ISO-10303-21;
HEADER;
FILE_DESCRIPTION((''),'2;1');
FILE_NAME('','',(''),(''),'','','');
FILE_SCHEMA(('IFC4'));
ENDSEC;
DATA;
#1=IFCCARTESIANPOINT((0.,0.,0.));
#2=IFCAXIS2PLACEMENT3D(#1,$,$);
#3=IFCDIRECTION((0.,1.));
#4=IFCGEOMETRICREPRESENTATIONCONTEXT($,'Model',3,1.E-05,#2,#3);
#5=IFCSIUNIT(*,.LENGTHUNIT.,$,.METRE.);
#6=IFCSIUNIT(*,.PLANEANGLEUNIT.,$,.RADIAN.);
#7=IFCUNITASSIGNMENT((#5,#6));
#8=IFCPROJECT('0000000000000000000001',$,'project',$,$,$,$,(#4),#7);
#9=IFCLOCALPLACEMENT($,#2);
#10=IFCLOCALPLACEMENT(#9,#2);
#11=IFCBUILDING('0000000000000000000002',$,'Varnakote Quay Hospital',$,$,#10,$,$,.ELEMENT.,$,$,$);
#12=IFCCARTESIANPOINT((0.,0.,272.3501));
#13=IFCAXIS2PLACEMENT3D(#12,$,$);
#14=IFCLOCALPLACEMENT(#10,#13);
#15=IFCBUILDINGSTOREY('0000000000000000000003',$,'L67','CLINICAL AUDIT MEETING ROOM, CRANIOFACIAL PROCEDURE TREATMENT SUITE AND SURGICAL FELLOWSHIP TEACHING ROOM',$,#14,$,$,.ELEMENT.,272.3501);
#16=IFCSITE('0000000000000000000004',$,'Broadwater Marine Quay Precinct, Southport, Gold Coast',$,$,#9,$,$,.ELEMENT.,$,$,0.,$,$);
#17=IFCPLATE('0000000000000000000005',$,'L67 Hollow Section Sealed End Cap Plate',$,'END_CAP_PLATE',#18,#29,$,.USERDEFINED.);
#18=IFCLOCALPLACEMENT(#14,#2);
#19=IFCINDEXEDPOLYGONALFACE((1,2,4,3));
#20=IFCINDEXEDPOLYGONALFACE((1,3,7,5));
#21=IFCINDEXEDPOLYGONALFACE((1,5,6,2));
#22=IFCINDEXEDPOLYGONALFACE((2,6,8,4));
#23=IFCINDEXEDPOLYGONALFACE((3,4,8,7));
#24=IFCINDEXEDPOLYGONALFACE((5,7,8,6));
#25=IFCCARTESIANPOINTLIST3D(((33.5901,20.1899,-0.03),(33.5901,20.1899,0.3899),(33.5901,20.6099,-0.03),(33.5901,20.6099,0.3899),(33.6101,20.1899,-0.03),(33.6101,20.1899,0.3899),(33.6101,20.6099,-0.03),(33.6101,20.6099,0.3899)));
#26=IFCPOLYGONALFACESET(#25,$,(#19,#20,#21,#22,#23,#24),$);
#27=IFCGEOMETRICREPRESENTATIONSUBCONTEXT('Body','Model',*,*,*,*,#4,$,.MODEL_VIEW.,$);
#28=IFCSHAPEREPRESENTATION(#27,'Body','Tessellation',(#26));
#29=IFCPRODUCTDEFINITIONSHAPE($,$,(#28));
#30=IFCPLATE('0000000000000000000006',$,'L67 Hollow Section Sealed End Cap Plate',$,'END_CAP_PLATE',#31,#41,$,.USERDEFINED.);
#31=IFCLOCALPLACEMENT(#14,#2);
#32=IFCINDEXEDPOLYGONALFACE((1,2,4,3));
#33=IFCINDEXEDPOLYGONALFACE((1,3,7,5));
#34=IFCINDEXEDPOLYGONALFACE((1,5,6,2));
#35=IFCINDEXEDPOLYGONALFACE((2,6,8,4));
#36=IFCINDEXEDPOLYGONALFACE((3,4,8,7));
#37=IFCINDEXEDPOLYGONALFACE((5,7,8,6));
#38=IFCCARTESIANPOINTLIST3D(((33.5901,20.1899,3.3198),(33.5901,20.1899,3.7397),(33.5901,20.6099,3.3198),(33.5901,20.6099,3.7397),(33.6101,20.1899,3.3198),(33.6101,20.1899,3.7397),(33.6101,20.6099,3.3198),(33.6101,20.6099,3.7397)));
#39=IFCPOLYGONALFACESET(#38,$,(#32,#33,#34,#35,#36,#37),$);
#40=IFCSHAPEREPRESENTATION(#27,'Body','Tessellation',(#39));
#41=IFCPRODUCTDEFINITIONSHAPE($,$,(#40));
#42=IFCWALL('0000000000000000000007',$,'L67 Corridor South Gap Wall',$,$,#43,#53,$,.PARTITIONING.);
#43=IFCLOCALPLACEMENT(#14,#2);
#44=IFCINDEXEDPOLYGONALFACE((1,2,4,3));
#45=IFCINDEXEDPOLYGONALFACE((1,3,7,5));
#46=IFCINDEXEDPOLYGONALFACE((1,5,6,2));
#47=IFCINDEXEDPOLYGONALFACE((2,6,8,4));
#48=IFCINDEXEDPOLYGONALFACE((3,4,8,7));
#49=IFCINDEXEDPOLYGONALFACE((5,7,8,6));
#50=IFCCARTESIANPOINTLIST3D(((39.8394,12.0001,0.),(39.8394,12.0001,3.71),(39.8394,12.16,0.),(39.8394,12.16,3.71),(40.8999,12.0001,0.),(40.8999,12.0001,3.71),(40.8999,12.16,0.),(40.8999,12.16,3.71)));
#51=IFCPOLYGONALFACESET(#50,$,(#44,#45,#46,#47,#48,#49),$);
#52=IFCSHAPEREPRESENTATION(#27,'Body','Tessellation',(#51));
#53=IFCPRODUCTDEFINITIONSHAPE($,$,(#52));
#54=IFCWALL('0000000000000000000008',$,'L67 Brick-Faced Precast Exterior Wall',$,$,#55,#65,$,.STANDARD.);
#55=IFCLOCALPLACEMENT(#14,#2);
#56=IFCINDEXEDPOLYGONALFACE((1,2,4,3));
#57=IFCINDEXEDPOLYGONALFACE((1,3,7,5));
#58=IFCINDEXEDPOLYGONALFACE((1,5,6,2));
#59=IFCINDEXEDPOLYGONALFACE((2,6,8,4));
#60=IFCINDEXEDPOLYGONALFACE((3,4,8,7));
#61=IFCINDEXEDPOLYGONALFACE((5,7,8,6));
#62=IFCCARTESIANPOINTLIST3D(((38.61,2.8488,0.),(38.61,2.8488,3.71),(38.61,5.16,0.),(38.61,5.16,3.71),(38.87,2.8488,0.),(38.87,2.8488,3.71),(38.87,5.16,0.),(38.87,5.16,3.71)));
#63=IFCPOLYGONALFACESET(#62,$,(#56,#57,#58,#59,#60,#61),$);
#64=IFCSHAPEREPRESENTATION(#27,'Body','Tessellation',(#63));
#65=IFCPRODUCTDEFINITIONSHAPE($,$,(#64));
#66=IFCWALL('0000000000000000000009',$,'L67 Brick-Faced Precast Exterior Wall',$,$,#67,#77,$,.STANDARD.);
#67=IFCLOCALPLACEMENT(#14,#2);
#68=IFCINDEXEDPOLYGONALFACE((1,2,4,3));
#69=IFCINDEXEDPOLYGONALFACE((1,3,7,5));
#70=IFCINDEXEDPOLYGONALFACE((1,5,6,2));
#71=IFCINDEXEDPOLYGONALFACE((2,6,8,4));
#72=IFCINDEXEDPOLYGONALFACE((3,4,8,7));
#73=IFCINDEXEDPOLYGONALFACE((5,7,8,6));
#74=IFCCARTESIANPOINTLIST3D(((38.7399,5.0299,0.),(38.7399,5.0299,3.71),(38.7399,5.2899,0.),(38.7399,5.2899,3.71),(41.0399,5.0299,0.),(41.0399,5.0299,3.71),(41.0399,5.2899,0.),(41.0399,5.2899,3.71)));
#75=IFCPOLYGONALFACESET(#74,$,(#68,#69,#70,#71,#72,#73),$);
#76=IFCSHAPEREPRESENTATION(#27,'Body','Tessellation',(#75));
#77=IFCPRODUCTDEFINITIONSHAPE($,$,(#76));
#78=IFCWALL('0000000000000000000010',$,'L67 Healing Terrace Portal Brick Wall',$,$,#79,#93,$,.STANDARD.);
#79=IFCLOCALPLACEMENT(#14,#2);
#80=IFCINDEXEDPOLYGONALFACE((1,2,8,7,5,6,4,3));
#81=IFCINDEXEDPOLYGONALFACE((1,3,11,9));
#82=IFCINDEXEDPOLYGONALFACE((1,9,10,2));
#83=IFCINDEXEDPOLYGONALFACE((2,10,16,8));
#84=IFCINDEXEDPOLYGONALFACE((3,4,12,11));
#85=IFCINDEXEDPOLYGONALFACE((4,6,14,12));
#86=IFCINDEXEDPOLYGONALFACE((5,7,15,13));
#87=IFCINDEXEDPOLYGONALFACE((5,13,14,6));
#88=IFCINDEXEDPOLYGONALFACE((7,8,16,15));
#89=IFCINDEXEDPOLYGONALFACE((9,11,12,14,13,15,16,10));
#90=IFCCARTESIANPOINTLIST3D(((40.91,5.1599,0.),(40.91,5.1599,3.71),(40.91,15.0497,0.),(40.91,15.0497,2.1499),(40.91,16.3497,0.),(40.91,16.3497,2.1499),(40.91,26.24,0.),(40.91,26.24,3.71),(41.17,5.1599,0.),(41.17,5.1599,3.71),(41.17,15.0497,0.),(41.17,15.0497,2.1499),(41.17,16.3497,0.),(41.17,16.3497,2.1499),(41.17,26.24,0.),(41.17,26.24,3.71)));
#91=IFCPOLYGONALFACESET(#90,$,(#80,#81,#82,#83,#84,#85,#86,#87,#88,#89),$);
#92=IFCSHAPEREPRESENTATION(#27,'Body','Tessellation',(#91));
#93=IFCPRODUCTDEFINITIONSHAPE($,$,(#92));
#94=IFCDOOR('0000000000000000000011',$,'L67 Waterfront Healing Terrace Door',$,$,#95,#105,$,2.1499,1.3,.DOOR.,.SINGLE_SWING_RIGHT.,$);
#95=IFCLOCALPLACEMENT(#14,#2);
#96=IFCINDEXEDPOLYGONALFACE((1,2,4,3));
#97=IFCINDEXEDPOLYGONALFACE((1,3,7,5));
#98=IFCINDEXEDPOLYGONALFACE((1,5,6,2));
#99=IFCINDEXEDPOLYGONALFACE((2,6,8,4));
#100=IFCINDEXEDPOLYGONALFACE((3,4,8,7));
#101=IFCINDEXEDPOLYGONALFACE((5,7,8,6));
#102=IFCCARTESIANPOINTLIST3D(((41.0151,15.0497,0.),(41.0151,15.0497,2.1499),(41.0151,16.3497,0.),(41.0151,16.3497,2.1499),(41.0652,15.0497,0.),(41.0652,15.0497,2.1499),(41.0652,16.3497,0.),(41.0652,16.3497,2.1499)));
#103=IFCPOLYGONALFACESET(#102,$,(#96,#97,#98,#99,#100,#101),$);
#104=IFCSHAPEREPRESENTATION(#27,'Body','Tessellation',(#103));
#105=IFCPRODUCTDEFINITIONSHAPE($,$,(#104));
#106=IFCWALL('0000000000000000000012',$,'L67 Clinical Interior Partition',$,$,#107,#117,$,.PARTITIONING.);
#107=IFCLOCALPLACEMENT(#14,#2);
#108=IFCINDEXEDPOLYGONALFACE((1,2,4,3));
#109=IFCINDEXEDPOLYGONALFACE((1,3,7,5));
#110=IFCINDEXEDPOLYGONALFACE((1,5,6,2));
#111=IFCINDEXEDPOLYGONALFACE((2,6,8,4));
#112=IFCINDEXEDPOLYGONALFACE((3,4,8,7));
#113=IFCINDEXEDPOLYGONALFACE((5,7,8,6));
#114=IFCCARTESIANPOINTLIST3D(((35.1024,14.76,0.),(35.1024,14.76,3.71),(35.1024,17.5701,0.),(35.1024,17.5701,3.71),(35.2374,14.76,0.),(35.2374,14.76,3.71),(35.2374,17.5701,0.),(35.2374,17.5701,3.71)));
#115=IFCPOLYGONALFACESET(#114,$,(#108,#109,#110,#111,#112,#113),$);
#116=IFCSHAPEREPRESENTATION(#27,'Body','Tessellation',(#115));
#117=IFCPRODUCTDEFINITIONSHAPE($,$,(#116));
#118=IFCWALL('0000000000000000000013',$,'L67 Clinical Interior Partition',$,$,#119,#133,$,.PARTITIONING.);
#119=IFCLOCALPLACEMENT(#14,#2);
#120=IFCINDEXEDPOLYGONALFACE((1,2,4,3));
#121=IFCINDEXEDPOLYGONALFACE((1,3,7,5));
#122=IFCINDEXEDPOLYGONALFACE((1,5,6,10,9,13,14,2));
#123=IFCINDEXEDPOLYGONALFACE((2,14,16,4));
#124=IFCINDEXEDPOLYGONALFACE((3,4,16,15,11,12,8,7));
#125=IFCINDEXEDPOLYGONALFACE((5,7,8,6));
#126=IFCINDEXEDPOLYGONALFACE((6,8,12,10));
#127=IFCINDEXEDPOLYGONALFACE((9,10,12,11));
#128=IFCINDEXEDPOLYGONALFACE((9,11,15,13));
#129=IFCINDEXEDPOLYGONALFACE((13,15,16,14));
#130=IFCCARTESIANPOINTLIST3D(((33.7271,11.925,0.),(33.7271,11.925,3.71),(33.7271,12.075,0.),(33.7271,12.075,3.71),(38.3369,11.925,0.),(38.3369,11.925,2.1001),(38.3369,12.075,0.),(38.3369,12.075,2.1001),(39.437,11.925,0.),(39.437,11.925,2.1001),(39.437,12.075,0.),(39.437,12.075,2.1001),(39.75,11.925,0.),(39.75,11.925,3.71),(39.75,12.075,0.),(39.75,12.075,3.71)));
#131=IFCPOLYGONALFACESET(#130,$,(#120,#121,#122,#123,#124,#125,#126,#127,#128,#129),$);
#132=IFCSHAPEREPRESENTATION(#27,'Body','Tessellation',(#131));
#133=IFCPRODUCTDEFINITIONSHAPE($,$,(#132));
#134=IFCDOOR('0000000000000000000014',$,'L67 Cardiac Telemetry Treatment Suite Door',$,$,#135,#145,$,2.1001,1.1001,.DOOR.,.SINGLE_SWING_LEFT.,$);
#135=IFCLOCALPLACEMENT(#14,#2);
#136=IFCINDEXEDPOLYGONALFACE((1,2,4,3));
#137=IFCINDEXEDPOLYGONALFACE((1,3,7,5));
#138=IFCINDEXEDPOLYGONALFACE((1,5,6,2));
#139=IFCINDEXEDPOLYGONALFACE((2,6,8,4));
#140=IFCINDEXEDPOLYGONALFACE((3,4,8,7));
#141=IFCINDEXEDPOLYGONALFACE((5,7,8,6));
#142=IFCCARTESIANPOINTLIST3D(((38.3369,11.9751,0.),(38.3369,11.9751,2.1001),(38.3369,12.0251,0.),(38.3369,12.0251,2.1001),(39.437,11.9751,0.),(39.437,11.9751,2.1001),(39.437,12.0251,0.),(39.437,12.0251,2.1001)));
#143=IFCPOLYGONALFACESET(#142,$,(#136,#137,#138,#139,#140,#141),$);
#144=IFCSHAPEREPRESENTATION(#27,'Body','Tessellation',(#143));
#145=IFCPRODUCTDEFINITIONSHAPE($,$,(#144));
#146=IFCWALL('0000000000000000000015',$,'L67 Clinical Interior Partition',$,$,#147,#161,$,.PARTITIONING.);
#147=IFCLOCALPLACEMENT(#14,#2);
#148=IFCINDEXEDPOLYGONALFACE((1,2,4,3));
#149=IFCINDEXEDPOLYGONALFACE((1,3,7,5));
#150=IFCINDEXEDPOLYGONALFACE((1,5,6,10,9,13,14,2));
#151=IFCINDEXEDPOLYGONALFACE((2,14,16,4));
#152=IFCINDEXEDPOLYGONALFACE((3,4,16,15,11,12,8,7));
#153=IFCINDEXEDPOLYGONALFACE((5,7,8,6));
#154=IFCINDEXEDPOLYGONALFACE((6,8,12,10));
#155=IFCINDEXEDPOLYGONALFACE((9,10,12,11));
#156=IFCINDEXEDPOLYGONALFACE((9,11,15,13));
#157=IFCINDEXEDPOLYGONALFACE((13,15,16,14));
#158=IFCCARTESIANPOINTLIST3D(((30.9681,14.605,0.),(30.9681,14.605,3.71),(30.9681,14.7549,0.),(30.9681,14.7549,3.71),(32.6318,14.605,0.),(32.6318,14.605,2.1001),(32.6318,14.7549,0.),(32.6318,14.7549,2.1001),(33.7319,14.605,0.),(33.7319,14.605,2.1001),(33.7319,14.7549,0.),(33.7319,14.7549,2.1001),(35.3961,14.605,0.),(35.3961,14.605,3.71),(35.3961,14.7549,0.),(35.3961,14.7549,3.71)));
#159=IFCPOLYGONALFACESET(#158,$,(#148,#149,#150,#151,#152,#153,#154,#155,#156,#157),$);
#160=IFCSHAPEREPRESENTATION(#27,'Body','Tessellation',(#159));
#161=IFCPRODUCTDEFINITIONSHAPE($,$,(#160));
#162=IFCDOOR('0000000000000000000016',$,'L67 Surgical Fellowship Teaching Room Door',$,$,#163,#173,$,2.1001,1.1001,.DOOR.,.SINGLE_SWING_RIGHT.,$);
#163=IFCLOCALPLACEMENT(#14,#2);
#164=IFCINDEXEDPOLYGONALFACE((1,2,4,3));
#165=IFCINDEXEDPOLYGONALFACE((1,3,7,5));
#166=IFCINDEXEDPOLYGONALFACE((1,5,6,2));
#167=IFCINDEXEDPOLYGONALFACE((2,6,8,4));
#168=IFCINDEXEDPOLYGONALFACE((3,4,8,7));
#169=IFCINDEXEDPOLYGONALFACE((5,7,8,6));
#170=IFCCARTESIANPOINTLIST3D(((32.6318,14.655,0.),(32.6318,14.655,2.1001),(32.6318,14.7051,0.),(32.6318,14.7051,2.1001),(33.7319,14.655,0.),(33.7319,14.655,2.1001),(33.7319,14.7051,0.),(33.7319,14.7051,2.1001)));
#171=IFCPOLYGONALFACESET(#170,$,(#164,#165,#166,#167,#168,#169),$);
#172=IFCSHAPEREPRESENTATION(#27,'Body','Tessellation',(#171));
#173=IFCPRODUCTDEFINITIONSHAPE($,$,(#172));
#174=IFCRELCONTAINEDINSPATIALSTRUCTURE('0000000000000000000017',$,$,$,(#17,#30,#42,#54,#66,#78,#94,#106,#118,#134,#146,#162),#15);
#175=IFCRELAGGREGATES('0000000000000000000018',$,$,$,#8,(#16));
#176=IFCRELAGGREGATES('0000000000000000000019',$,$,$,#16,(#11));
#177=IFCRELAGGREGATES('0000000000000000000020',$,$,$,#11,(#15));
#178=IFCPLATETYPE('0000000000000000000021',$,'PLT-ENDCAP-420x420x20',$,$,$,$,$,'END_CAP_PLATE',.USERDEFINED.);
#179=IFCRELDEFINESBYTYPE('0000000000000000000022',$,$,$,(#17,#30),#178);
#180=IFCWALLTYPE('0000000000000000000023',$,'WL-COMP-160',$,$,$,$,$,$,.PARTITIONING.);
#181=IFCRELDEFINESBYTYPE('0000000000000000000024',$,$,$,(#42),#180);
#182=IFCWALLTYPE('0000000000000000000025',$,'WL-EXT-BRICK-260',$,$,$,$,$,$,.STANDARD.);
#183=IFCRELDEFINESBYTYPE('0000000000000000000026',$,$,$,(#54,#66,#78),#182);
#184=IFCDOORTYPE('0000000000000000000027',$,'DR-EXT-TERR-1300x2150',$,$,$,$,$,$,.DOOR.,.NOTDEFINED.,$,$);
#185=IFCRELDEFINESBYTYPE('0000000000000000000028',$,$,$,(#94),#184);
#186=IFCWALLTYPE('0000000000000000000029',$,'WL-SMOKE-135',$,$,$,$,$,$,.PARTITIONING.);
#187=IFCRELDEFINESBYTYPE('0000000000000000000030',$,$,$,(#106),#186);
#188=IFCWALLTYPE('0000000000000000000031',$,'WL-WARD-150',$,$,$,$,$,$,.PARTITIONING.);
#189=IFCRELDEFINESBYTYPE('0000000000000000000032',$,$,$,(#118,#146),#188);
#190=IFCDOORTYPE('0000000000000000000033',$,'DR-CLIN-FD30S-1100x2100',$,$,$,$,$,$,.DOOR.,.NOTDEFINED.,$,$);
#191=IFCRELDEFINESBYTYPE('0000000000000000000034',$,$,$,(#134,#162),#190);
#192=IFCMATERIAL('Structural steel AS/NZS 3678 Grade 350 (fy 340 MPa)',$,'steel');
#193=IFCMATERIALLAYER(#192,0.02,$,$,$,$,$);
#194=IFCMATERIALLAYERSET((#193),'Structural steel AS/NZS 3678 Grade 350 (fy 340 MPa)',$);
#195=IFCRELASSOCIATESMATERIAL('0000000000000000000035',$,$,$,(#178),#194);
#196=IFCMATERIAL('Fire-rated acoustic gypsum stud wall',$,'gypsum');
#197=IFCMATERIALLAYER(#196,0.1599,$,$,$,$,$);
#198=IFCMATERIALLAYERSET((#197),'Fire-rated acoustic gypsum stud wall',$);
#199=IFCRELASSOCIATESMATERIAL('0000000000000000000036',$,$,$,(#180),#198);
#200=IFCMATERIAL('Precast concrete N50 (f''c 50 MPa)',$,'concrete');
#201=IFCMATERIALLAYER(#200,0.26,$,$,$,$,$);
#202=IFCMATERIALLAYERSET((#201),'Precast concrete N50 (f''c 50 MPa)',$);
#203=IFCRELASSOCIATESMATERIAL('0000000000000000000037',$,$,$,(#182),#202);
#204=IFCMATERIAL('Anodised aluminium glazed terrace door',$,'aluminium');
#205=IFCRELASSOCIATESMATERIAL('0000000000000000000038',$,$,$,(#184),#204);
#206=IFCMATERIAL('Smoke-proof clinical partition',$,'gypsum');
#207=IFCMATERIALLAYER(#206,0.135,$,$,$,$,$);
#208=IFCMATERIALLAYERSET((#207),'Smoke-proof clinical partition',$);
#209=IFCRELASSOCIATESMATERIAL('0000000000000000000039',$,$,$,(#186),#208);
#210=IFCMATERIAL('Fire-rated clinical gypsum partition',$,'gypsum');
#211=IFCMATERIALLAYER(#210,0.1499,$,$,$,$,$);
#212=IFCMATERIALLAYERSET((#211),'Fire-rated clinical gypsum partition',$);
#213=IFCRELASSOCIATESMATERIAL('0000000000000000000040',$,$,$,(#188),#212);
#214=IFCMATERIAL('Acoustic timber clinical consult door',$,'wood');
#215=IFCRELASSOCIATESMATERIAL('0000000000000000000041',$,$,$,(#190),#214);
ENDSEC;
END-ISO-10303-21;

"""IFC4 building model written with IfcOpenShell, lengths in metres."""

from ifc_helpers import new_model, si_unit, direction, frame, frame_2d, origin, origin_2d, place, context, subcontext, project, spatial, rectangle, extrude, material, layer, layer_set, type_object, element, fill, save


model = new_model("IFC4")

# Units and contexts
model_context = context("Model", 3, precision=1e-05, world=origin(), true_north=direction((0.0, 1.0)))
body_context = subcontext(model_context, "Body", "Model", "MODEL_VIEW")
ifc_project = project(units=[si_unit("LENGTHUNIT", "METRE"), si_unit("PLANEANGLEUNIT", "RADIAN")], contexts=[model_context])

# Site, building, storey
site_placement = place(None, origin())
site = spatial("IfcSite", under=ifc_project, at=site_placement, Name="Broadwater Marine Quay Precinct, Southport, Gold Coast", CompositionType="ELEMENT", RefElevation=0.0)
building_placement = place(site_placement, origin())
building = spatial("IfcBuilding", under=site, at=building_placement, Name="Varnakote Quay Hospital", CompositionType="ELEMENT")
storey_placement = place(building_placement, frame((0.0, 0.0, 272.3501)))
storey = spatial("IfcBuildingStorey", under=building, at=storey_placement, Name="L67", Description="CLINICAL AUDIT MEETING ROOM, CRANIOFACIAL PROCEDURE TREATMENT SUITE AND SURGICAL FELLOWSHIP TEACHING ROOM", CompositionType="ELEMENT", Elevation=272.3501)

# Plates
ifc_material_1 = material(Name="Structural steel AS/NZS 3678 Grade 350 (fy 340 MPa)", Category="steel")
ifc_layer_1 = layer(ifc_material_1, 0.02)
ifc_layer_set_1 = layer_set([ifc_layer_1], Name="Structural steel AS/NZS 3678 Grade 350 (fy 340 MPa)")
plate_type = type_object("IfcPlateType", Name="PLT-ENDCAP-420x420x20", ElementType="END_CAP_PLATE", PredefinedType="USERDEFINED", material=ifc_layer_set_1)
for number, where, z_axis, x_axis, name in (
    (1, (33.6001, 20.3999, -0.03), (0.0, 0.0, 1.0), (1.0, 0.0, 0.0), "L67 Hollow Section Sealed End Cap Plate"),
    (2, (33.6001, 20.3999, 3.3198), (0.0, 0.0, 1.0), (1.0, 0.0, 0.0), "L67 Hollow Section Sealed End Cap Plate"),
):
    element("IfcPlate", number, at=place(storey_placement, frame(where, z_axis=z_axis, x_axis=x_axis)), inside=storey, type_object=plate_type, Name=name, ObjectType="END_CAP_PLATE", PredefinedType="USERDEFINED", context=body_context, shape_type="SweptSolid", body=[
        extrude(rectangle(XDim=0.02, YDim=0.4199, at=origin_2d()), origin(), (0.0, 0.0, 1.0), 0.4199),
    ])

# Walls
ifc_material_2 = material(Name="Fire-rated acoustic gypsum stud wall", Category="gypsum")
ifc_layer_2 = layer(ifc_material_2, 0.1599)
ifc_layer_set_2 = layer_set([ifc_layer_2], Name="Fire-rated acoustic gypsum stud wall")
wall_type_1 = type_object("IfcWallType", Name="WL-COMP-160", PredefinedType="PARTITIONING", material=ifc_layer_set_2)
wall_1_placement = place(storey_placement, frame((39.8394, 12.0801, 0.0), z_axis=(0.0, 0.0, 1.0), x_axis=(1.0, 0.0, 0.0)))
element("IfcWall", 3, at=wall_1_placement, inside=storey, type_object=wall_type_1, Name="L67 Corridor South Gap Wall", PredefinedType="PARTITIONING", context=body_context, shape_type="SweptSolid", body=[
    extrude(rectangle(XDim=1.0605, YDim=0.1599, at=frame_2d((0.5303, 0.0))), origin(), (0.0, 0.0, 1.0), 3.71),
])
ifc_material_3 = material(Name="Precast concrete N50 (f'c 50 MPa)", Category="concrete")
ifc_layer_3 = layer(ifc_material_3, 0.26)
ifc_layer_set_3 = layer_set([ifc_layer_3], Name="Precast concrete N50 (f'c 50 MPa)")
wall_type_2 = type_object("IfcWallType", Name="WL-EXT-BRICK-260", PredefinedType="STANDARD", material=ifc_layer_set_3)
wall_2_placement = place(storey_placement, frame((38.74, 2.8486, 0.0), z_axis=(0.0, 0.0, 1.0), x_axis=(0.0, 1.0, 0.0)))
element("IfcWall", 4, at=wall_2_placement, inside=storey, type_object=wall_type_2, Name="L67 Brick-Faced Precast Exterior Wall", PredefinedType="STANDARD", context=body_context, shape_type="SweptSolid", body=[
    extrude(rectangle(XDim=2.3113, YDim=0.26, at=frame_2d((1.1558, 0.0))), origin(), (0.0, 0.0, 1.0), 3.71),
])
wall_3_placement = place(storey_placement, frame((38.74, 5.1599, 0.0), z_axis=(0.0, 0.0, 1.0), x_axis=(1.0, 0.0, 0.0)))
element("IfcWall", 5, at=wall_3_placement, inside=storey, type_object=wall_type_2, Name="L67 Brick-Faced Precast Exterior Wall", PredefinedType="STANDARD", context=body_context, shape_type="SweptSolid", body=[
    extrude(rectangle(XDim=2.3, YDim=0.26, at=frame_2d((1.1499, 0.0))), origin(), (0.0, 0.0, 1.0), 3.71),
])

# Wall, opening, door
wall_4_placement = place(storey_placement, frame((41.04, 5.1599, 0.0), z_axis=(0.0, 0.0, 1.0), x_axis=(0.0, 1.0, 0.0)))
wall_4 = element("IfcWall", 6, at=wall_4_placement, inside=storey, type_object=wall_type_2, Name="L67 Healing Terrace Portal Brick Wall", PredefinedType="STANDARD", context=body_context, shape_type="SweptSolid", body=[
    extrude(rectangle(XDim=21.0801, YDim=0.26, at=frame_2d((10.54, 0.0))), origin(), (0.0, 0.0, 1.0), 3.71),
])
opening_1_placement = place(wall_4_placement, frame((9.8899, 0.0, 0.0)))
opening_1 = element("IfcOpeningElement", 7, at=opening_1_placement, cuts=wall_4, PredefinedType="OPENING", context=body_context, shape_type="SweptSolid", body=[
    extrude(rectangle(XDim=1.3, YDim=2.1499, at=frame_2d((0.6499, 1.075))), frame((0.0, 0.1399, 0.0), z_axis=(0.0, -1.0, 0.0), x_axis=(1.0, 0.0, 0.0)), (0.0, 0.0, 1.0), 0.28),
])
ifc_material_4 = material(Name="Anodised aluminium glazed terrace door", Category="aluminium")
door_type_1 = type_object("IfcDoorType", Name="DR-EXT-TERR-1300x2150", OperationType="NOTDEFINED", PredefinedType="DOOR", material=ifc_material_4)
door_1_placement = place(opening_1_placement, origin())
door_1 = element("IfcDoor", 8, at=door_1_placement, inside=storey, type_object=door_type_1, Name="L67 Waterfront Healing Terrace Door", OperationType="SINGLE_SWING_RIGHT", OverallHeight=2.1499, OverallWidth=1.3, PredefinedType="DOOR", context=body_context, shape_type="SweptSolid", body=[
    extrude(rectangle(XDim=1.3, YDim=2.1499, at=frame_2d((0.6499, 1.075))), frame((0.0, 0.0249, 0.0), z_axis=(0.0, -1.0, 0.0), x_axis=(1.0, 0.0, 0.0)), (0.0, 0.0, 1.0), 0.05),
])
fill(opening_1, door_1)

# Wall
ifc_material_5 = material(Name="Smoke-proof clinical partition", Category="gypsum")
ifc_layer_4 = layer(ifc_material_5, 0.135)
ifc_layer_set_4 = layer_set([ifc_layer_4], Name="Smoke-proof clinical partition")
wall_type_3 = type_object("IfcWallType", Name="WL-SMOKE-135", PredefinedType="PARTITIONING", material=ifc_layer_set_4)
wall_5_placement = place(storey_placement, frame((35.1699, 14.76, 0.0), z_axis=(0.0, 0.0, 1.0), x_axis=(0.0, 1.0, 0.0)))
element("IfcWall", 9, at=wall_5_placement, inside=storey, type_object=wall_type_3, Name="L67 Clinical Interior Partition", PredefinedType="PARTITIONING", context=body_context, shape_type="SweptSolid", body=[
    extrude(rectangle(XDim=2.8101, YDim=0.135, at=frame_2d((1.405, 0.0))), origin(), (0.0, 0.0, 1.0), 3.71),
])

# Walls, openings, doors
ifc_material_6 = material(Name="Fire-rated clinical gypsum partition", Category="gypsum")
ifc_layer_5 = layer(ifc_material_6, 0.1499)
ifc_layer_set_5 = layer_set([ifc_layer_5], Name="Fire-rated clinical gypsum partition")
wall_type_4 = type_object("IfcWallType", Name="WL-WARD-150", PredefinedType="PARTITIONING", material=ifc_layer_set_5)
wall_6_placement = place(storey_placement, frame((39.75, 12.0, 0.0), z_axis=(0.0, 0.0, 1.0), x_axis=(-1.0, 0.0, 0.0)))
wall_6 = element("IfcWall", 10, at=wall_6_placement, inside=storey, type_object=wall_type_4, Name="L67 Clinical Interior Partition", PredefinedType="PARTITIONING", context=body_context, shape_type="SweptSolid", body=[
    extrude(rectangle(XDim=6.0229, YDim=0.1499, at=frame_2d((3.0115, 0.0))), origin(), (0.0, 0.0, 1.0), 3.71),
])
opening_2_placement = place(wall_6_placement, frame((0.313, 0.0, 0.0)))
opening_2 = element("IfcOpeningElement", 11, at=opening_2_placement, cuts=wall_6, PredefinedType="OPENING", context=body_context, shape_type="SweptSolid", body=[
    extrude(rectangle(XDim=1.1001, YDim=2.1001, at=frame_2d((0.55, 1.05))), frame((0.0, 0.085, 0.0), z_axis=(0.0, -1.0, 0.0), x_axis=(1.0, 0.0, 0.0)), (0.0, 0.0, 1.0), 0.1699),
])
ifc_material_7 = material(Name="Acoustic timber clinical consult door", Category="wood")
door_type_2 = type_object("IfcDoorType", Name="DR-CLIN-FD30S-1100x2100", OperationType="NOTDEFINED", PredefinedType="DOOR", material=ifc_material_7)
door_2_placement = place(opening_2_placement, origin())
door_2 = element("IfcDoor", 12, at=door_2_placement, inside=storey, type_object=door_type_2, Name="L67 Cardiac Telemetry Treatment Suite Door", OperationType="SINGLE_SWING_LEFT", OverallHeight=2.1001, OverallWidth=1.1001, PredefinedType="DOOR", context=body_context, shape_type="SweptSolid", body=[
    extrude(rectangle(XDim=1.1001, YDim=2.1001, at=frame_2d((0.55, 1.05))), frame((0.0, 0.0249, 0.0), z_axis=(0.0, -1.0, 0.0), x_axis=(1.0, 0.0, 0.0)), (0.0, 0.0, 1.0), 0.05),
])
fill(opening_2, door_2)
wall_7_placement = place(storey_placement, frame((35.396, 14.6799, 0.0), z_axis=(0.0, 0.0, 1.0), x_axis=(-1.0, 0.0, 0.0)))
wall_7 = element("IfcWall", 13, at=wall_7_placement, inside=storey, type_object=wall_type_4, Name="L67 Clinical Interior Partition", PredefinedType="PARTITIONING", context=body_context, shape_type="SweptSolid", body=[
    extrude(rectangle(XDim=4.428, YDim=0.1499, at=frame_2d((2.2139, 0.0))), origin(), (0.0, 0.0, 1.0), 3.71),
])
opening_3_placement = place(wall_7_placement, frame((1.6641, 0.0, 0.0)))
opening_3 = element("IfcOpeningElement", 14, at=opening_3_placement, cuts=wall_7, PredefinedType="OPENING", context=body_context, shape_type="SweptSolid", body=[
    extrude(rectangle(XDim=1.1001, YDim=2.1001, at=frame_2d((0.55, 1.05))), frame((0.0, 0.085, 0.0), z_axis=(0.0, -1.0, 0.0), x_axis=(1.0, 0.0, 0.0)), (0.0, 0.0, 1.0), 0.1699),
])
door_3_placement = place(opening_3_placement, origin())
door_3 = element("IfcDoor", 15, at=door_3_placement, inside=storey, type_object=door_type_2, Name="L67 Surgical Fellowship Teaching Room Door", OperationType="SINGLE_SWING_RIGHT", OverallHeight=2.1001, OverallWidth=1.1001, PredefinedType="DOOR", context=body_context, shape_type="SweptSolid", body=[
    extrude(rectangle(XDim=1.1001, YDim=2.1001, at=frame_2d((0.55, 1.05))), frame((0.0, 0.0249, 0.0), z_axis=(0.0, -1.0, 0.0), x_axis=(1.0, 0.0, 0.0)), (0.0, 0.0, 1.0), 0.05),
])
fill(opening_3, door_3)

save(model, "model.ifc")
